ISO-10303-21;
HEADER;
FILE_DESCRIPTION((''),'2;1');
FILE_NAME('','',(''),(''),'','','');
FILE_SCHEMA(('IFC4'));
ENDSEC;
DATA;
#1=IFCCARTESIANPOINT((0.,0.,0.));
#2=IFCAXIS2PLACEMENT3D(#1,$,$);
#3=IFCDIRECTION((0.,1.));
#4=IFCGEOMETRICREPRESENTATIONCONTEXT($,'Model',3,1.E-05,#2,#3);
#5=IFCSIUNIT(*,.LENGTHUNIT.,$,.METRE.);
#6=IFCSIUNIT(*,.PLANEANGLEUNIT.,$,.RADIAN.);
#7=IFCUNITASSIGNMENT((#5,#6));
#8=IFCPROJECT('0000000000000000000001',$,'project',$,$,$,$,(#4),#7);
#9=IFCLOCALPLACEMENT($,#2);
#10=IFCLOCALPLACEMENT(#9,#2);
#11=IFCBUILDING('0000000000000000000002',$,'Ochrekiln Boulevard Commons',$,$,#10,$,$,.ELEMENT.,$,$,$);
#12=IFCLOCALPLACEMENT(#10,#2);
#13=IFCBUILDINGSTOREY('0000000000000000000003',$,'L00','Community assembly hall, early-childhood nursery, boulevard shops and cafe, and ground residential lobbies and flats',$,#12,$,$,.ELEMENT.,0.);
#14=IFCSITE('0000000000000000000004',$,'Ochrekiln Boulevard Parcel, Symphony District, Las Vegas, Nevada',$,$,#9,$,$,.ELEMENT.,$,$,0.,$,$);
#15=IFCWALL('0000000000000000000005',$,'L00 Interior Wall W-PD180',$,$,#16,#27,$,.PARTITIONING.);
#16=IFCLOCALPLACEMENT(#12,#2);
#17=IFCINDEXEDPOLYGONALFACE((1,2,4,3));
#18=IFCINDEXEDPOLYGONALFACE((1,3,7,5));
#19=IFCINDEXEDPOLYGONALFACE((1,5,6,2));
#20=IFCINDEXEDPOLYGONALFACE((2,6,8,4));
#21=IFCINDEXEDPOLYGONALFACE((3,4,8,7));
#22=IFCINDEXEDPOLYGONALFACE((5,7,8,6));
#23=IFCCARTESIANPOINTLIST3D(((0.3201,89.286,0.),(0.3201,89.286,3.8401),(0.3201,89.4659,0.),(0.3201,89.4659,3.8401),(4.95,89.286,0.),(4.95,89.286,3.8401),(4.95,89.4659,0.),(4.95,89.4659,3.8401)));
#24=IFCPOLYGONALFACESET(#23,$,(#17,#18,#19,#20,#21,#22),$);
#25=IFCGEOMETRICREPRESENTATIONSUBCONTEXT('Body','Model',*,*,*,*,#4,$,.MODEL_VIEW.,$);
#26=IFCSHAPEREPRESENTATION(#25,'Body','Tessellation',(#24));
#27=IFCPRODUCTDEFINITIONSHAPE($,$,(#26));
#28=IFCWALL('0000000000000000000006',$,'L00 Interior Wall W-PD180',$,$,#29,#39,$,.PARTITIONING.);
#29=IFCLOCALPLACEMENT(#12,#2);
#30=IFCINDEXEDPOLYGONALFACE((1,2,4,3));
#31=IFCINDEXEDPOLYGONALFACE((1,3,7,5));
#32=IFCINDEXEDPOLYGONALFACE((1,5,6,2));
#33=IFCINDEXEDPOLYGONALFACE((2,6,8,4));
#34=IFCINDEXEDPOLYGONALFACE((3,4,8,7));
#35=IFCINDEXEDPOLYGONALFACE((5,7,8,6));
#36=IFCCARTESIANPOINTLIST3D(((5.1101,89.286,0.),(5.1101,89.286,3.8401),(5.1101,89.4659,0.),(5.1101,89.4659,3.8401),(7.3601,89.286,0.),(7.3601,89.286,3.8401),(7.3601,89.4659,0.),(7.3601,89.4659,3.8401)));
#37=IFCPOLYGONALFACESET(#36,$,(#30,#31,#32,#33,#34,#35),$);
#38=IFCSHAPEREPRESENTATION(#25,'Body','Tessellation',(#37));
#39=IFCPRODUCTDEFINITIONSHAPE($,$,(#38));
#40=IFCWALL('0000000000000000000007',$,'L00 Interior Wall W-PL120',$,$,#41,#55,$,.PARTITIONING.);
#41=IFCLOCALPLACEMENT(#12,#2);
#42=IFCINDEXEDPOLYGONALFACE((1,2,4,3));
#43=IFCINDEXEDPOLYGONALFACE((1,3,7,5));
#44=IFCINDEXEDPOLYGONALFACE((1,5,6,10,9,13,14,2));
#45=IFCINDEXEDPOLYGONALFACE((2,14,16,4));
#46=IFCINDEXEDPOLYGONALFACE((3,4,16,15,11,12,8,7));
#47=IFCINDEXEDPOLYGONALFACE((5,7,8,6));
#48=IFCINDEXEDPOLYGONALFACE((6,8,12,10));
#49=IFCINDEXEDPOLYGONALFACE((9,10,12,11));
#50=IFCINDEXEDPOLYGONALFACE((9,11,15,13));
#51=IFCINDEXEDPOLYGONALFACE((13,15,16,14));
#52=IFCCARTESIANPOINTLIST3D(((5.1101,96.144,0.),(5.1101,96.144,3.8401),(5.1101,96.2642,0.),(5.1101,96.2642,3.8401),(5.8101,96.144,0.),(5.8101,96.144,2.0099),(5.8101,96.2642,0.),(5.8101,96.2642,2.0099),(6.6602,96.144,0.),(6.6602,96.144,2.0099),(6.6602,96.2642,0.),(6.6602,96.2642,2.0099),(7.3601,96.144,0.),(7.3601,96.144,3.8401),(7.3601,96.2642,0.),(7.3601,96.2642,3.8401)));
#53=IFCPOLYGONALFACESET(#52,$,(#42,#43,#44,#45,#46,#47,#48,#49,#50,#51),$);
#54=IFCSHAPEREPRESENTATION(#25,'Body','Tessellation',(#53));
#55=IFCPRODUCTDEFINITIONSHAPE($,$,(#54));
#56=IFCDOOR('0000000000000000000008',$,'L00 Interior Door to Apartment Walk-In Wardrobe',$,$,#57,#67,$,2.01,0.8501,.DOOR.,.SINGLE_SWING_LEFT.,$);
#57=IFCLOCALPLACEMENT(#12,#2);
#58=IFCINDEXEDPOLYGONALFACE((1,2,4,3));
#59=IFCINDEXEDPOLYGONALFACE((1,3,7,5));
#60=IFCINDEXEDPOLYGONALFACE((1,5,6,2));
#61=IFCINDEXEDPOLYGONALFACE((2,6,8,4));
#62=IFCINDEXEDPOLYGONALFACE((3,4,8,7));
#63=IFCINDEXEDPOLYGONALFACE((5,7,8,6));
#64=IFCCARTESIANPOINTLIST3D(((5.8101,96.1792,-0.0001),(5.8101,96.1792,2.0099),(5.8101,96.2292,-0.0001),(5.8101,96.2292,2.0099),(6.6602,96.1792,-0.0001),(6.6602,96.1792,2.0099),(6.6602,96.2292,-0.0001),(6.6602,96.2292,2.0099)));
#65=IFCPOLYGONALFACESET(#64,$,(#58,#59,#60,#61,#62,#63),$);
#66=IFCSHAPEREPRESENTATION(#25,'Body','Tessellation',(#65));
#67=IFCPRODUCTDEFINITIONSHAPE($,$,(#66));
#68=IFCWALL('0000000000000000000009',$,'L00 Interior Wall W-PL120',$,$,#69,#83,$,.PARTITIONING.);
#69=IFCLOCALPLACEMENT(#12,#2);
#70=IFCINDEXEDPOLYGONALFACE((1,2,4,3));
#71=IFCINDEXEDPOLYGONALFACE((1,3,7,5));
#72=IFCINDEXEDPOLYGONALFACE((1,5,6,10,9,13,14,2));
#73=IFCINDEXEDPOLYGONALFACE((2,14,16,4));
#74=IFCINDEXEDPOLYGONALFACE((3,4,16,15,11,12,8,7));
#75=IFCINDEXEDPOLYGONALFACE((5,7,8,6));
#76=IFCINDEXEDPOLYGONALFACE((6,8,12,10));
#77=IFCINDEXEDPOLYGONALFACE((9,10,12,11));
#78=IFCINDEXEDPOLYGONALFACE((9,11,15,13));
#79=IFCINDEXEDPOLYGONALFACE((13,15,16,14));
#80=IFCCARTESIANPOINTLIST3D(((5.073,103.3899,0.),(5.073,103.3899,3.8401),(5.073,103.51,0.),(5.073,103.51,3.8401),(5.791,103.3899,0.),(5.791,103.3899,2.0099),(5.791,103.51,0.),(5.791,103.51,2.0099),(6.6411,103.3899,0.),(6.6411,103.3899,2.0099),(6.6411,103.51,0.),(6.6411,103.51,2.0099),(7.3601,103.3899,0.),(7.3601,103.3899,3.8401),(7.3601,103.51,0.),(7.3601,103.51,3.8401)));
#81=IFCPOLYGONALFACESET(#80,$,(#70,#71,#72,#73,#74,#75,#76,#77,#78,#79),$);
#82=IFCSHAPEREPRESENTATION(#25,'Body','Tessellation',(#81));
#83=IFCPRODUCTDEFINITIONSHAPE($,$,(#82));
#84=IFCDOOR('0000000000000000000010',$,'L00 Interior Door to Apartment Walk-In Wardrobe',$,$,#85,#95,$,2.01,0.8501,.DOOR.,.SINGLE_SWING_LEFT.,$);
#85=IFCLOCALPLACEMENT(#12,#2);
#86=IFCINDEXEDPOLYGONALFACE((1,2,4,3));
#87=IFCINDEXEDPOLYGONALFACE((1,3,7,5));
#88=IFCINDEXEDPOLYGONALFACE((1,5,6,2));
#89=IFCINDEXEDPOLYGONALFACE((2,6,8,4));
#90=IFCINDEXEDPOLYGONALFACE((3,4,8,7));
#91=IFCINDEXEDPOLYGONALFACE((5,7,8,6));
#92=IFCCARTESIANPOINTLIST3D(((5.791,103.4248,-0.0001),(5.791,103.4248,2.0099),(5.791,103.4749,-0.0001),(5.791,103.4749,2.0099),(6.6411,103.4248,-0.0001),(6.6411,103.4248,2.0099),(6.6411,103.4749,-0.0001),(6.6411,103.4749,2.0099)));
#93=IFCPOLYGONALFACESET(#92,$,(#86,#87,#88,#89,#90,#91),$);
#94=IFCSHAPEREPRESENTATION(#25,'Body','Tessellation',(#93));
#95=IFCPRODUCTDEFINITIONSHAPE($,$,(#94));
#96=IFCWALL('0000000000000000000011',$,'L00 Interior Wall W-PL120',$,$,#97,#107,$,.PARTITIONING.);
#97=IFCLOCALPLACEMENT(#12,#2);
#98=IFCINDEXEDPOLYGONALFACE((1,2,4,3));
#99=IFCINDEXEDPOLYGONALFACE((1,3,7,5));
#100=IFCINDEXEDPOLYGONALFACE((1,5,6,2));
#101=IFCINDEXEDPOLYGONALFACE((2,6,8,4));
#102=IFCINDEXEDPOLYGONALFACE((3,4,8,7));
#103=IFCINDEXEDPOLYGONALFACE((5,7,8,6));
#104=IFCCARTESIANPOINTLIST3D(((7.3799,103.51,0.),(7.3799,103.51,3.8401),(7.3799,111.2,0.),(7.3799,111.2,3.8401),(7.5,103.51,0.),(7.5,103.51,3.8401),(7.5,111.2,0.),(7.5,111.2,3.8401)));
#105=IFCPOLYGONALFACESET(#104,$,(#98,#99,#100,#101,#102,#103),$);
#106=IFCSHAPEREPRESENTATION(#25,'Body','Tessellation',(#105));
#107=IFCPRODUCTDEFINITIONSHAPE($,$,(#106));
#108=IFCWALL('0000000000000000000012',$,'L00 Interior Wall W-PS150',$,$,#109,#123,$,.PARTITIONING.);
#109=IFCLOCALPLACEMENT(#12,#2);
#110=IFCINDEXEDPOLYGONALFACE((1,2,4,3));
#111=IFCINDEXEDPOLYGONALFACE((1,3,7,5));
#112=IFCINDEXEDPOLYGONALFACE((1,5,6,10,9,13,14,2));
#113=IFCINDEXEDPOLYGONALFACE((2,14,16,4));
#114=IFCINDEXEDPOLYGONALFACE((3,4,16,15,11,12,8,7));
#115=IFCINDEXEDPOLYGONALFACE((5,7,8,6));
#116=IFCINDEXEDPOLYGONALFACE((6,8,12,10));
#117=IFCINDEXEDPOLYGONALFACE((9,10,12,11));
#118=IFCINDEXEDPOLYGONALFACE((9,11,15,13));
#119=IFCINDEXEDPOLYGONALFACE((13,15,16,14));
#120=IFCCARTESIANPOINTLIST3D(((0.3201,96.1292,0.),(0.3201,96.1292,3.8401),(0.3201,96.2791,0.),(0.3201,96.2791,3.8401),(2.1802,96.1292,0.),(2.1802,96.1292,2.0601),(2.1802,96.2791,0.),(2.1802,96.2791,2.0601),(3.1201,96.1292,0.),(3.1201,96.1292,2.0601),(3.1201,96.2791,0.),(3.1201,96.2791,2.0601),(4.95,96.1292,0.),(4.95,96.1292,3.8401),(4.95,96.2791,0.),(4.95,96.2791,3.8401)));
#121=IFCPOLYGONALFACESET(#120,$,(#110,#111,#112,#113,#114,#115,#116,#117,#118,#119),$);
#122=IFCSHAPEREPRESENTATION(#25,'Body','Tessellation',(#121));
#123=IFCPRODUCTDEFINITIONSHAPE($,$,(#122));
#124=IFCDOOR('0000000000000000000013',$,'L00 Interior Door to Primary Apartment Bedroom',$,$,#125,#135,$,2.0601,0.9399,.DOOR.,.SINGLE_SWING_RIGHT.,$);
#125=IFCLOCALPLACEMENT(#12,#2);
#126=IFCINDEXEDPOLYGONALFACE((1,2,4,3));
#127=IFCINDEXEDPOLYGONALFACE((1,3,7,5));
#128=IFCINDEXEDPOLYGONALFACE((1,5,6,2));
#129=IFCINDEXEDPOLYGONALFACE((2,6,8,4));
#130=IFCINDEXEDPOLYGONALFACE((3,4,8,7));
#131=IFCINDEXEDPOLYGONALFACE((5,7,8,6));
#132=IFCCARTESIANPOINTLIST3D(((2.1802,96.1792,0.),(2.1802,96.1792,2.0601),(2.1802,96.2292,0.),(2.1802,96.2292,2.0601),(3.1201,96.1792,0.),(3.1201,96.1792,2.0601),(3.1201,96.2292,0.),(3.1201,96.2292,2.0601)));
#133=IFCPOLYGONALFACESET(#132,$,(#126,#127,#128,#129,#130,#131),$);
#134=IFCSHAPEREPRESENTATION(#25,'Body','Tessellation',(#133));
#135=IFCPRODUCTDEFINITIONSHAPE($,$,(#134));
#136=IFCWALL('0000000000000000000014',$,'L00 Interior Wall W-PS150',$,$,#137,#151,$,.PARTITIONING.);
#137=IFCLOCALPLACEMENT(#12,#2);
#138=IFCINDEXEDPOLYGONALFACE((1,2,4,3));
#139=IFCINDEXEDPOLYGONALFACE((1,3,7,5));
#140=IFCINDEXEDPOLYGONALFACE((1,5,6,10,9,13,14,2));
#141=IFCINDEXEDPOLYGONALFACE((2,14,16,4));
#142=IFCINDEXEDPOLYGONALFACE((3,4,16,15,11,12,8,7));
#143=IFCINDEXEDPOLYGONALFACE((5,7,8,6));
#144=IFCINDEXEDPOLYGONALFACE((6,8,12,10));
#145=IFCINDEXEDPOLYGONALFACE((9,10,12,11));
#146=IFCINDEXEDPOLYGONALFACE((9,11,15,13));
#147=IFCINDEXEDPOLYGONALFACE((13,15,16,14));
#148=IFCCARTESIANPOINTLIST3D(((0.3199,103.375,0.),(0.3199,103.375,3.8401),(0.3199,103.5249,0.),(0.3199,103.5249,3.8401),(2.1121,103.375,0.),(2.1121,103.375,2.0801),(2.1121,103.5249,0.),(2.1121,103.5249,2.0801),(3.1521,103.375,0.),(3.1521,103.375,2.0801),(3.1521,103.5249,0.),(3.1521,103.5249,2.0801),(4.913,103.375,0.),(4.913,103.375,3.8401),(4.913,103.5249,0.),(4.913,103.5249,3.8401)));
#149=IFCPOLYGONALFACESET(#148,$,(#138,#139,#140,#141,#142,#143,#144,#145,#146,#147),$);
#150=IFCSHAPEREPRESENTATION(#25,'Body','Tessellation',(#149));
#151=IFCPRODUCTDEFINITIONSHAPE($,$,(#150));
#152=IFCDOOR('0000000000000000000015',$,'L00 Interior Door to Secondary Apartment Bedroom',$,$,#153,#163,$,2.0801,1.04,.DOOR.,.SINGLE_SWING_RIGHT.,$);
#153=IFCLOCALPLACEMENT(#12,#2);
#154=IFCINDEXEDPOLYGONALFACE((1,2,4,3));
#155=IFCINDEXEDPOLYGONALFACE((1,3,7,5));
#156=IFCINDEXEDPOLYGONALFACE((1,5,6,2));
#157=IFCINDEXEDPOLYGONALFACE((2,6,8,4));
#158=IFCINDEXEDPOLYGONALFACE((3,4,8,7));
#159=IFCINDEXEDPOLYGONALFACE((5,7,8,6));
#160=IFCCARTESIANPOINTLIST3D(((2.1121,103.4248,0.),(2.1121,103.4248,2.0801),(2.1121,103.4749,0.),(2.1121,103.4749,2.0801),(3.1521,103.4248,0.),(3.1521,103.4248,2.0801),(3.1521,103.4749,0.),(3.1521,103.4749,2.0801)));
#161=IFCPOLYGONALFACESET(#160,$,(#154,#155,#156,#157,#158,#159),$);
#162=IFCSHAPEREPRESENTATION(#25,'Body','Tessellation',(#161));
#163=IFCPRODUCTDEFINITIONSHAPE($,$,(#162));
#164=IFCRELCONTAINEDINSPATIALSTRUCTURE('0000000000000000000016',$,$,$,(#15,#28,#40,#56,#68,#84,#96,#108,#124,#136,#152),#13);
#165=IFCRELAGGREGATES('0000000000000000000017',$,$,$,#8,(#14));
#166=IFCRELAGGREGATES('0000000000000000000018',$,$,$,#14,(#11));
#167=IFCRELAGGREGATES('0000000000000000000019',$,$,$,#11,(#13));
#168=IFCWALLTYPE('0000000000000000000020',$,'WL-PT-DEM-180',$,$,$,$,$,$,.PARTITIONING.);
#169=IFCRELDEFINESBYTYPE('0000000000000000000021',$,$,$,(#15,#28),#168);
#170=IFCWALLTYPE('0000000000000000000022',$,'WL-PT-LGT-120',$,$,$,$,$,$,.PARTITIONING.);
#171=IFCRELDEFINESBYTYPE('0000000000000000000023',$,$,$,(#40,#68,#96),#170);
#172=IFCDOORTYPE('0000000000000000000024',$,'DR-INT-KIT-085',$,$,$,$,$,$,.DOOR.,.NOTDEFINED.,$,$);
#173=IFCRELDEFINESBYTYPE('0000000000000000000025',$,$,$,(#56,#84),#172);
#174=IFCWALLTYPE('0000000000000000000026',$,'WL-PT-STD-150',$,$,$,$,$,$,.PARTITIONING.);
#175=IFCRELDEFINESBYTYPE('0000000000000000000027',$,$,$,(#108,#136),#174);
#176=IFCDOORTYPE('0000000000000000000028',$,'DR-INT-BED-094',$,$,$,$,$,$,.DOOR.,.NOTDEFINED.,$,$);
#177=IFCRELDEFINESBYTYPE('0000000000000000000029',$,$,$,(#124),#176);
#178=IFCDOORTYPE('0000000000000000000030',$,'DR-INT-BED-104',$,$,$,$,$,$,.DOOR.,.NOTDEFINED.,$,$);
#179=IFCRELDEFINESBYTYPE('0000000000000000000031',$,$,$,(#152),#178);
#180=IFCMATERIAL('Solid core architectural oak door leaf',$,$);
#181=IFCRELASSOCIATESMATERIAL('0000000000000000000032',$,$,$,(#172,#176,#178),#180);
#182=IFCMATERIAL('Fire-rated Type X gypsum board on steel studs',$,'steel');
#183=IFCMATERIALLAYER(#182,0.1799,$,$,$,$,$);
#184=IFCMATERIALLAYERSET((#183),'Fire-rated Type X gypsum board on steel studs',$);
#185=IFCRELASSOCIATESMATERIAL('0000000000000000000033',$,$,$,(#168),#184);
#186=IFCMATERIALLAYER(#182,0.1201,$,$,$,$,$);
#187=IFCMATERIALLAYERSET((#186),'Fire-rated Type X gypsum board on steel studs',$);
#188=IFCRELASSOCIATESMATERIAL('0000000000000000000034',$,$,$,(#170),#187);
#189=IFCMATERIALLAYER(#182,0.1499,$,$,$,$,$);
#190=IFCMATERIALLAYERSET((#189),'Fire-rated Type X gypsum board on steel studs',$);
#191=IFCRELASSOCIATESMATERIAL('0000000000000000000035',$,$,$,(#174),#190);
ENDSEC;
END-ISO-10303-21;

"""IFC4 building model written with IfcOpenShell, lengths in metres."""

from ifc_helpers import new_model, si_unit, direction, frame, frame_2d, origin, place, context, subcontext, project, spatial, rectangle, extrude, material, layer, layer_set, type_object, element, fill, save


model = new_model("IFC4")

# Units and contexts
model_context = context("Model", 3, precision=1e-05, world=origin(), true_north=direction((0.0, 1.0)))
body_context = subcontext(model_context, "Body", "Model", "MODEL_VIEW")
ifc_project = project(units=[si_unit("LENGTHUNIT", "METRE"), si_unit("PLANEANGLEUNIT", "RADIAN")], contexts=[model_context])

# Site, building, storey
site_placement = place(None, origin())
site = spatial("IfcSite", under=ifc_project, at=site_placement, Name="Ochrekiln Boulevard Parcel, Symphony District, Las Vegas, Nevada", CompositionType="ELEMENT", RefElevation=0.0)
building_placement = place(site_placement, origin())
building = spatial("IfcBuilding", under=site, at=building_placement, Name="Ochrekiln Boulevard Commons", CompositionType="ELEMENT")
storey_placement = place(building_placement, origin())
storey = spatial("IfcBuildingStorey", under=building, at=storey_placement, Name="L00", Description="Community assembly hall, early-childhood nursery, boulevard shops and cafe, and ground residential lobbies and flats", CompositionType="ELEMENT", Elevation=0.0)

# Shared definitions
ifc_material_1 = material(Name="Solid core architectural oak door leaf")
door_type_1 = type_object("IfcDoorType", Name="DR-INT-KIT-085", OperationType="NOTDEFINED", PredefinedType="DOOR", material=ifc_material_1)

# Walls
ifc_material_2 = material(Name="Fire-rated Type X gypsum board on steel studs", Category="steel")
ifc_layer_1 = layer(ifc_material_2, 0.1799)
ifc_layer_set_1 = layer_set([ifc_layer_1], Name="Fire-rated Type X gypsum board on steel studs")
wall_type_1 = type_object("IfcWallType", Name="WL-PT-DEM-180", PredefinedType="PARTITIONING", material=ifc_layer_set_1)
wall_1_placement = place(storey_placement, frame((0.3201, 89.376, 0.0), z_axis=(0.0, 0.0, 1.0), x_axis=(1.0, 0.0, 0.0)))
element("IfcWall", 1, at=wall_1_placement, inside=storey, type_object=wall_type_1, Name="L00 Interior Wall W-PD180", PredefinedType="PARTITIONING", context=body_context, shape_type="SweptSolid", body=[
    extrude(rectangle(XDim=4.6299, YDim=0.1799, at=frame_2d((2.3149, 0.0))), origin(), (0.0, 0.0, 1.0), 3.8401),
])
wall_2_placement = place(storey_placement, frame((5.1101, 89.376, 0.0), z_axis=(0.0, 0.0, 1.0), x_axis=(1.0, 0.0, 0.0)))
element("IfcWall", 2, at=wall_2_placement, inside=storey, type_object=wall_type_1, Name="L00 Interior Wall W-PD180", PredefinedType="PARTITIONING", context=body_context, shape_type="SweptSolid", body=[
    extrude(rectangle(XDim=2.25, YDim=0.1799, at=frame_2d((1.125, 0.0))), origin(), (0.0, 0.0, 1.0), 3.8401),
])

# Walls, openings, doors
ifc_layer_2 = layer(ifc_material_2, 0.1201)
ifc_layer_set_2 = layer_set([ifc_layer_2], Name="Fire-rated Type X gypsum board on steel studs")
wall_type_2 = type_object("IfcWallType", Name="WL-PT-LGT-120", PredefinedType="PARTITIONING", material=ifc_layer_set_2)
wall_3_placement = place(storey_placement, frame((5.1101, 96.2041, 0.0), z_axis=(0.0, 0.0, 1.0), x_axis=(1.0, 0.0, 0.0)))
wall_3 = element("IfcWall", 3, at=wall_3_placement, inside=storey, type_object=wall_type_2, Name="L00 Interior Wall W-PL120", PredefinedType="PARTITIONING", context=body_context, shape_type="SweptSolid", body=[
    extrude(rectangle(XDim=2.25, YDim=0.1201, at=frame_2d((1.125, 0.0))), origin(), (0.0, 0.0, 1.0), 3.8401),
])
opening_1_placement = place(wall_3_placement, frame((0.7, 0.0, 0.0)))
opening_1 = element("IfcOpeningElement", 4, at=opening_1_placement, cuts=wall_3, PredefinedType="OPENING", context=body_context, shape_type="SweptSolid", body=[
    extrude(rectangle(XDim=0.8501, YDim=2.01, at=frame_2d((0.425, 1.0049))), frame((0.0, 0.0701, 0.0), z_axis=(0.0, -1.0, 0.0), x_axis=(1.0, 0.0, 0.0)), (0.0, 0.0, 1.0), 0.1401),
])
door_1_placement = place(opening_1_placement, frame((0.8501, 0.0, 0.0), z_axis=(0.0, 0.0, 1.0), x_axis=(-1.0, 0.0, 0.0)))
door_1 = element("IfcDoor", 5, at=door_1_placement, inside=storey, type_object=door_type_1, Name="L00 Interior Door to Apartment Walk-In Wardrobe", OperationType="SINGLE_SWING_LEFT", OverallHeight=2.01, OverallWidth=0.8501, PredefinedType="DOOR", context=body_context, shape_type="SweptSolid", body=[
    extrude(rectangle(XDim=0.8501, YDim=2.01, at=frame_2d((0.425, 1.0049))), frame((0.0, 0.0249, 0.0), z_axis=(0.0, -1.0, 0.0), x_axis=(1.0, 0.0, 0.0)), (0.0, 0.0, 1.0), 0.05),
])
fill(opening_1, door_1)
wall_4_placement = place(storey_placement, frame((5.073, 103.45, 0.0), z_axis=(0.0, 0.0, 1.0), x_axis=(1.0, 0.0, 0.0)))
wall_4 = element("IfcWall", 6, at=wall_4_placement, inside=storey, type_object=wall_type_2, Name="L00 Interior Wall W-PL120", PredefinedType="PARTITIONING", context=body_context, shape_type="SweptSolid", body=[
    extrude(rectangle(XDim=2.2871, YDim=0.1201, at=frame_2d((1.1436, 0.0))), origin(), (0.0, 0.0, 1.0), 3.8401),
])
opening_2_placement = place(wall_4_placement, frame((0.718, 0.0, 0.0)))
opening_2 = element("IfcOpeningElement", 7, at=opening_2_placement, cuts=wall_4, PredefinedType="OPENING", context=body_context, shape_type="SweptSolid", body=[
    extrude(rectangle(XDim=0.8501, YDim=2.01, at=frame_2d((0.425, 1.0049))), frame((0.0, 0.0701, 0.0), z_axis=(0.0, -1.0, 0.0), x_axis=(1.0, 0.0, 0.0)), (0.0, 0.0, 1.0), 0.1401),
])
door_2_placement = place(opening_2_placement, origin())
door_2 = element("IfcDoor", 8, at=door_2_placement, inside=storey, type_object=door_type_1, Name="L00 Interior Door to Apartment Walk-In Wardrobe", OperationType="SINGLE_SWING_LEFT", OverallHeight=2.01, OverallWidth=0.8501, PredefinedType="DOOR", context=body_context, shape_type="SweptSolid", body=[
    extrude(rectangle(XDim=0.8501, YDim=2.01, at=frame_2d((0.425, 1.0049))), frame((0.0, 0.0249, 0.0), z_axis=(0.0, -1.0, 0.0), x_axis=(1.0, 0.0, 0.0)), (0.0, 0.0, 1.0), 0.05),
])
fill(opening_2, door_2)

# Wall
wall_5_placement = place(storey_placement, frame((7.4399, 103.51, 0.0), z_axis=(0.0, 0.0, 1.0), x_axis=(0.0, 1.0, 0.0)))
element("IfcWall", 9, at=wall_5_placement, inside=storey, type_object=wall_type_2, Name="L00 Interior Wall W-PL120", PredefinedType="PARTITIONING", context=body_context, shape_type="SweptSolid", body=[
    extrude(rectangle(XDim=7.6899, YDim=0.1201, at=frame_2d((3.845, 0.0))), origin(), (0.0, 0.0, 1.0), 3.8401),
])

# Walls, openings, doors
ifc_layer_3 = layer(ifc_material_2, 0.1499)
ifc_layer_set_3 = layer_set([ifc_layer_3], Name="Fire-rated Type X gypsum board on steel studs")
wall_type_3 = type_object("IfcWallType", Name="WL-PT-STD-150", PredefinedType="PARTITIONING", material=ifc_layer_set_3)
wall_6_placement = place(storey_placement, frame((0.3201, 96.2041, 0.0), z_axis=(0.0, 0.0, 1.0), x_axis=(1.0, 0.0, 0.0)))
wall_6 = element("IfcWall", 10, at=wall_6_placement, inside=storey, type_object=wall_type_3, Name="L00 Interior Wall W-PS150", PredefinedType="PARTITIONING", context=body_context, shape_type="SweptSolid", body=[
    extrude(rectangle(XDim=4.6299, YDim=0.1499, at=frame_2d((2.3149, 0.0))), origin(), (0.0, 0.0, 1.0), 3.8401),
])
opening_3_placement = place(wall_6_placement, frame((1.8601, 0.0, 0.0)))
opening_3 = element("IfcOpeningElement", 11, at=opening_3_placement, cuts=wall_6, PredefinedType="OPENING", context=body_context, shape_type="SweptSolid", body=[
    extrude(rectangle(XDim=0.9399, YDim=2.0601, at=frame_2d((0.47, 1.03))), frame((0.0, 0.085, 0.0), z_axis=(0.0, -1.0, 0.0), x_axis=(1.0, 0.0, 0.0)), (0.0, 0.0, 1.0), 0.1699),
])
door_type_2 = type_object("IfcDoorType", Name="DR-INT-BED-094", OperationType="NOTDEFINED", PredefinedType="DOOR", material=ifc_material_1)
door_3_placement = place(opening_3_placement, frame((0.9399, 0.0, 0.0), z_axis=(0.0, 0.0, 1.0), x_axis=(-1.0, 0.0, 0.0)))
door_3 = element("IfcDoor", 12, at=door_3_placement, inside=storey, type_object=door_type_2, Name="L00 Interior Door to Primary Apartment Bedroom", OperationType="SINGLE_SWING_RIGHT", OverallHeight=2.0601, OverallWidth=0.9399, PredefinedType="DOOR", context=body_context, shape_type="SweptSolid", body=[
    extrude(rectangle(XDim=0.9399, YDim=2.0601, at=frame_2d((0.47, 1.03))), frame((0.0, 0.0249, 0.0), z_axis=(0.0, -1.0, 0.0), x_axis=(1.0, 0.0, 0.0)), (0.0, 0.0, 1.0), 0.05),
])
fill(opening_3, door_3)
wall_7_placement = place(storey_placement, frame((0.3201, 103.45, 0.0), z_axis=(0.0, 0.0, 1.0), x_axis=(1.0, 0.0, 0.0)))
wall_7 = element("IfcWall", 13, at=wall_7_placement, inside=storey, type_object=wall_type_3, Name="L00 Interior Wall W-PS150", PredefinedType="PARTITIONING", context=body_context, shape_type="SweptSolid", body=[
    extrude(rectangle(XDim=4.593, YDim=0.1499, at=frame_2d((2.2964, 0.0))), origin(), (0.0, 0.0, 1.0), 3.8401),
])
opening_4_placement = place(wall_7_placement, frame((1.792, 0.0, 0.0)))
opening_4 = element("IfcOpeningElement", 14, at=opening_4_placement, cuts=wall_7, PredefinedType="OPENING", context=body_context, shape_type="SweptSolid", body=[
    extrude(rectangle(XDim=1.04, YDim=2.0801, at=frame_2d((0.52, 1.04))), frame((0.0, 0.085, 0.0), z_axis=(0.0, -1.0, 0.0), x_axis=(1.0, 0.0, 0.0)), (0.0, 0.0, 1.0), 0.1699),
])
door_type_3 = type_object("IfcDoorType", Name="DR-INT-BED-104", OperationType="NOTDEFINED", PredefinedType="DOOR", material=ifc_material_1)
door_4_placement = place(opening_4_placement, origin())
door_4 = element("IfcDoor", 15, at=door_4_placement, inside=storey, type_object=door_type_3, Name="L00 Interior Door to Secondary Apartment Bedroom", OperationType="SINGLE_SWING_RIGHT", OverallHeight=2.0801, OverallWidth=1.04, PredefinedType="DOOR", context=body_context, shape_type="SweptSolid", body=[
    extrude(rectangle(XDim=1.04, YDim=2.0801, at=frame_2d((0.52, 1.04))), frame((0.0, 0.0249, 0.0), z_axis=(0.0, -1.0, 0.0), x_axis=(1.0, 0.0, 0.0)), (0.0, 0.0, 1.0), 0.05),
])
fill(opening_4, door_4)

save(model, "model.ifc")
